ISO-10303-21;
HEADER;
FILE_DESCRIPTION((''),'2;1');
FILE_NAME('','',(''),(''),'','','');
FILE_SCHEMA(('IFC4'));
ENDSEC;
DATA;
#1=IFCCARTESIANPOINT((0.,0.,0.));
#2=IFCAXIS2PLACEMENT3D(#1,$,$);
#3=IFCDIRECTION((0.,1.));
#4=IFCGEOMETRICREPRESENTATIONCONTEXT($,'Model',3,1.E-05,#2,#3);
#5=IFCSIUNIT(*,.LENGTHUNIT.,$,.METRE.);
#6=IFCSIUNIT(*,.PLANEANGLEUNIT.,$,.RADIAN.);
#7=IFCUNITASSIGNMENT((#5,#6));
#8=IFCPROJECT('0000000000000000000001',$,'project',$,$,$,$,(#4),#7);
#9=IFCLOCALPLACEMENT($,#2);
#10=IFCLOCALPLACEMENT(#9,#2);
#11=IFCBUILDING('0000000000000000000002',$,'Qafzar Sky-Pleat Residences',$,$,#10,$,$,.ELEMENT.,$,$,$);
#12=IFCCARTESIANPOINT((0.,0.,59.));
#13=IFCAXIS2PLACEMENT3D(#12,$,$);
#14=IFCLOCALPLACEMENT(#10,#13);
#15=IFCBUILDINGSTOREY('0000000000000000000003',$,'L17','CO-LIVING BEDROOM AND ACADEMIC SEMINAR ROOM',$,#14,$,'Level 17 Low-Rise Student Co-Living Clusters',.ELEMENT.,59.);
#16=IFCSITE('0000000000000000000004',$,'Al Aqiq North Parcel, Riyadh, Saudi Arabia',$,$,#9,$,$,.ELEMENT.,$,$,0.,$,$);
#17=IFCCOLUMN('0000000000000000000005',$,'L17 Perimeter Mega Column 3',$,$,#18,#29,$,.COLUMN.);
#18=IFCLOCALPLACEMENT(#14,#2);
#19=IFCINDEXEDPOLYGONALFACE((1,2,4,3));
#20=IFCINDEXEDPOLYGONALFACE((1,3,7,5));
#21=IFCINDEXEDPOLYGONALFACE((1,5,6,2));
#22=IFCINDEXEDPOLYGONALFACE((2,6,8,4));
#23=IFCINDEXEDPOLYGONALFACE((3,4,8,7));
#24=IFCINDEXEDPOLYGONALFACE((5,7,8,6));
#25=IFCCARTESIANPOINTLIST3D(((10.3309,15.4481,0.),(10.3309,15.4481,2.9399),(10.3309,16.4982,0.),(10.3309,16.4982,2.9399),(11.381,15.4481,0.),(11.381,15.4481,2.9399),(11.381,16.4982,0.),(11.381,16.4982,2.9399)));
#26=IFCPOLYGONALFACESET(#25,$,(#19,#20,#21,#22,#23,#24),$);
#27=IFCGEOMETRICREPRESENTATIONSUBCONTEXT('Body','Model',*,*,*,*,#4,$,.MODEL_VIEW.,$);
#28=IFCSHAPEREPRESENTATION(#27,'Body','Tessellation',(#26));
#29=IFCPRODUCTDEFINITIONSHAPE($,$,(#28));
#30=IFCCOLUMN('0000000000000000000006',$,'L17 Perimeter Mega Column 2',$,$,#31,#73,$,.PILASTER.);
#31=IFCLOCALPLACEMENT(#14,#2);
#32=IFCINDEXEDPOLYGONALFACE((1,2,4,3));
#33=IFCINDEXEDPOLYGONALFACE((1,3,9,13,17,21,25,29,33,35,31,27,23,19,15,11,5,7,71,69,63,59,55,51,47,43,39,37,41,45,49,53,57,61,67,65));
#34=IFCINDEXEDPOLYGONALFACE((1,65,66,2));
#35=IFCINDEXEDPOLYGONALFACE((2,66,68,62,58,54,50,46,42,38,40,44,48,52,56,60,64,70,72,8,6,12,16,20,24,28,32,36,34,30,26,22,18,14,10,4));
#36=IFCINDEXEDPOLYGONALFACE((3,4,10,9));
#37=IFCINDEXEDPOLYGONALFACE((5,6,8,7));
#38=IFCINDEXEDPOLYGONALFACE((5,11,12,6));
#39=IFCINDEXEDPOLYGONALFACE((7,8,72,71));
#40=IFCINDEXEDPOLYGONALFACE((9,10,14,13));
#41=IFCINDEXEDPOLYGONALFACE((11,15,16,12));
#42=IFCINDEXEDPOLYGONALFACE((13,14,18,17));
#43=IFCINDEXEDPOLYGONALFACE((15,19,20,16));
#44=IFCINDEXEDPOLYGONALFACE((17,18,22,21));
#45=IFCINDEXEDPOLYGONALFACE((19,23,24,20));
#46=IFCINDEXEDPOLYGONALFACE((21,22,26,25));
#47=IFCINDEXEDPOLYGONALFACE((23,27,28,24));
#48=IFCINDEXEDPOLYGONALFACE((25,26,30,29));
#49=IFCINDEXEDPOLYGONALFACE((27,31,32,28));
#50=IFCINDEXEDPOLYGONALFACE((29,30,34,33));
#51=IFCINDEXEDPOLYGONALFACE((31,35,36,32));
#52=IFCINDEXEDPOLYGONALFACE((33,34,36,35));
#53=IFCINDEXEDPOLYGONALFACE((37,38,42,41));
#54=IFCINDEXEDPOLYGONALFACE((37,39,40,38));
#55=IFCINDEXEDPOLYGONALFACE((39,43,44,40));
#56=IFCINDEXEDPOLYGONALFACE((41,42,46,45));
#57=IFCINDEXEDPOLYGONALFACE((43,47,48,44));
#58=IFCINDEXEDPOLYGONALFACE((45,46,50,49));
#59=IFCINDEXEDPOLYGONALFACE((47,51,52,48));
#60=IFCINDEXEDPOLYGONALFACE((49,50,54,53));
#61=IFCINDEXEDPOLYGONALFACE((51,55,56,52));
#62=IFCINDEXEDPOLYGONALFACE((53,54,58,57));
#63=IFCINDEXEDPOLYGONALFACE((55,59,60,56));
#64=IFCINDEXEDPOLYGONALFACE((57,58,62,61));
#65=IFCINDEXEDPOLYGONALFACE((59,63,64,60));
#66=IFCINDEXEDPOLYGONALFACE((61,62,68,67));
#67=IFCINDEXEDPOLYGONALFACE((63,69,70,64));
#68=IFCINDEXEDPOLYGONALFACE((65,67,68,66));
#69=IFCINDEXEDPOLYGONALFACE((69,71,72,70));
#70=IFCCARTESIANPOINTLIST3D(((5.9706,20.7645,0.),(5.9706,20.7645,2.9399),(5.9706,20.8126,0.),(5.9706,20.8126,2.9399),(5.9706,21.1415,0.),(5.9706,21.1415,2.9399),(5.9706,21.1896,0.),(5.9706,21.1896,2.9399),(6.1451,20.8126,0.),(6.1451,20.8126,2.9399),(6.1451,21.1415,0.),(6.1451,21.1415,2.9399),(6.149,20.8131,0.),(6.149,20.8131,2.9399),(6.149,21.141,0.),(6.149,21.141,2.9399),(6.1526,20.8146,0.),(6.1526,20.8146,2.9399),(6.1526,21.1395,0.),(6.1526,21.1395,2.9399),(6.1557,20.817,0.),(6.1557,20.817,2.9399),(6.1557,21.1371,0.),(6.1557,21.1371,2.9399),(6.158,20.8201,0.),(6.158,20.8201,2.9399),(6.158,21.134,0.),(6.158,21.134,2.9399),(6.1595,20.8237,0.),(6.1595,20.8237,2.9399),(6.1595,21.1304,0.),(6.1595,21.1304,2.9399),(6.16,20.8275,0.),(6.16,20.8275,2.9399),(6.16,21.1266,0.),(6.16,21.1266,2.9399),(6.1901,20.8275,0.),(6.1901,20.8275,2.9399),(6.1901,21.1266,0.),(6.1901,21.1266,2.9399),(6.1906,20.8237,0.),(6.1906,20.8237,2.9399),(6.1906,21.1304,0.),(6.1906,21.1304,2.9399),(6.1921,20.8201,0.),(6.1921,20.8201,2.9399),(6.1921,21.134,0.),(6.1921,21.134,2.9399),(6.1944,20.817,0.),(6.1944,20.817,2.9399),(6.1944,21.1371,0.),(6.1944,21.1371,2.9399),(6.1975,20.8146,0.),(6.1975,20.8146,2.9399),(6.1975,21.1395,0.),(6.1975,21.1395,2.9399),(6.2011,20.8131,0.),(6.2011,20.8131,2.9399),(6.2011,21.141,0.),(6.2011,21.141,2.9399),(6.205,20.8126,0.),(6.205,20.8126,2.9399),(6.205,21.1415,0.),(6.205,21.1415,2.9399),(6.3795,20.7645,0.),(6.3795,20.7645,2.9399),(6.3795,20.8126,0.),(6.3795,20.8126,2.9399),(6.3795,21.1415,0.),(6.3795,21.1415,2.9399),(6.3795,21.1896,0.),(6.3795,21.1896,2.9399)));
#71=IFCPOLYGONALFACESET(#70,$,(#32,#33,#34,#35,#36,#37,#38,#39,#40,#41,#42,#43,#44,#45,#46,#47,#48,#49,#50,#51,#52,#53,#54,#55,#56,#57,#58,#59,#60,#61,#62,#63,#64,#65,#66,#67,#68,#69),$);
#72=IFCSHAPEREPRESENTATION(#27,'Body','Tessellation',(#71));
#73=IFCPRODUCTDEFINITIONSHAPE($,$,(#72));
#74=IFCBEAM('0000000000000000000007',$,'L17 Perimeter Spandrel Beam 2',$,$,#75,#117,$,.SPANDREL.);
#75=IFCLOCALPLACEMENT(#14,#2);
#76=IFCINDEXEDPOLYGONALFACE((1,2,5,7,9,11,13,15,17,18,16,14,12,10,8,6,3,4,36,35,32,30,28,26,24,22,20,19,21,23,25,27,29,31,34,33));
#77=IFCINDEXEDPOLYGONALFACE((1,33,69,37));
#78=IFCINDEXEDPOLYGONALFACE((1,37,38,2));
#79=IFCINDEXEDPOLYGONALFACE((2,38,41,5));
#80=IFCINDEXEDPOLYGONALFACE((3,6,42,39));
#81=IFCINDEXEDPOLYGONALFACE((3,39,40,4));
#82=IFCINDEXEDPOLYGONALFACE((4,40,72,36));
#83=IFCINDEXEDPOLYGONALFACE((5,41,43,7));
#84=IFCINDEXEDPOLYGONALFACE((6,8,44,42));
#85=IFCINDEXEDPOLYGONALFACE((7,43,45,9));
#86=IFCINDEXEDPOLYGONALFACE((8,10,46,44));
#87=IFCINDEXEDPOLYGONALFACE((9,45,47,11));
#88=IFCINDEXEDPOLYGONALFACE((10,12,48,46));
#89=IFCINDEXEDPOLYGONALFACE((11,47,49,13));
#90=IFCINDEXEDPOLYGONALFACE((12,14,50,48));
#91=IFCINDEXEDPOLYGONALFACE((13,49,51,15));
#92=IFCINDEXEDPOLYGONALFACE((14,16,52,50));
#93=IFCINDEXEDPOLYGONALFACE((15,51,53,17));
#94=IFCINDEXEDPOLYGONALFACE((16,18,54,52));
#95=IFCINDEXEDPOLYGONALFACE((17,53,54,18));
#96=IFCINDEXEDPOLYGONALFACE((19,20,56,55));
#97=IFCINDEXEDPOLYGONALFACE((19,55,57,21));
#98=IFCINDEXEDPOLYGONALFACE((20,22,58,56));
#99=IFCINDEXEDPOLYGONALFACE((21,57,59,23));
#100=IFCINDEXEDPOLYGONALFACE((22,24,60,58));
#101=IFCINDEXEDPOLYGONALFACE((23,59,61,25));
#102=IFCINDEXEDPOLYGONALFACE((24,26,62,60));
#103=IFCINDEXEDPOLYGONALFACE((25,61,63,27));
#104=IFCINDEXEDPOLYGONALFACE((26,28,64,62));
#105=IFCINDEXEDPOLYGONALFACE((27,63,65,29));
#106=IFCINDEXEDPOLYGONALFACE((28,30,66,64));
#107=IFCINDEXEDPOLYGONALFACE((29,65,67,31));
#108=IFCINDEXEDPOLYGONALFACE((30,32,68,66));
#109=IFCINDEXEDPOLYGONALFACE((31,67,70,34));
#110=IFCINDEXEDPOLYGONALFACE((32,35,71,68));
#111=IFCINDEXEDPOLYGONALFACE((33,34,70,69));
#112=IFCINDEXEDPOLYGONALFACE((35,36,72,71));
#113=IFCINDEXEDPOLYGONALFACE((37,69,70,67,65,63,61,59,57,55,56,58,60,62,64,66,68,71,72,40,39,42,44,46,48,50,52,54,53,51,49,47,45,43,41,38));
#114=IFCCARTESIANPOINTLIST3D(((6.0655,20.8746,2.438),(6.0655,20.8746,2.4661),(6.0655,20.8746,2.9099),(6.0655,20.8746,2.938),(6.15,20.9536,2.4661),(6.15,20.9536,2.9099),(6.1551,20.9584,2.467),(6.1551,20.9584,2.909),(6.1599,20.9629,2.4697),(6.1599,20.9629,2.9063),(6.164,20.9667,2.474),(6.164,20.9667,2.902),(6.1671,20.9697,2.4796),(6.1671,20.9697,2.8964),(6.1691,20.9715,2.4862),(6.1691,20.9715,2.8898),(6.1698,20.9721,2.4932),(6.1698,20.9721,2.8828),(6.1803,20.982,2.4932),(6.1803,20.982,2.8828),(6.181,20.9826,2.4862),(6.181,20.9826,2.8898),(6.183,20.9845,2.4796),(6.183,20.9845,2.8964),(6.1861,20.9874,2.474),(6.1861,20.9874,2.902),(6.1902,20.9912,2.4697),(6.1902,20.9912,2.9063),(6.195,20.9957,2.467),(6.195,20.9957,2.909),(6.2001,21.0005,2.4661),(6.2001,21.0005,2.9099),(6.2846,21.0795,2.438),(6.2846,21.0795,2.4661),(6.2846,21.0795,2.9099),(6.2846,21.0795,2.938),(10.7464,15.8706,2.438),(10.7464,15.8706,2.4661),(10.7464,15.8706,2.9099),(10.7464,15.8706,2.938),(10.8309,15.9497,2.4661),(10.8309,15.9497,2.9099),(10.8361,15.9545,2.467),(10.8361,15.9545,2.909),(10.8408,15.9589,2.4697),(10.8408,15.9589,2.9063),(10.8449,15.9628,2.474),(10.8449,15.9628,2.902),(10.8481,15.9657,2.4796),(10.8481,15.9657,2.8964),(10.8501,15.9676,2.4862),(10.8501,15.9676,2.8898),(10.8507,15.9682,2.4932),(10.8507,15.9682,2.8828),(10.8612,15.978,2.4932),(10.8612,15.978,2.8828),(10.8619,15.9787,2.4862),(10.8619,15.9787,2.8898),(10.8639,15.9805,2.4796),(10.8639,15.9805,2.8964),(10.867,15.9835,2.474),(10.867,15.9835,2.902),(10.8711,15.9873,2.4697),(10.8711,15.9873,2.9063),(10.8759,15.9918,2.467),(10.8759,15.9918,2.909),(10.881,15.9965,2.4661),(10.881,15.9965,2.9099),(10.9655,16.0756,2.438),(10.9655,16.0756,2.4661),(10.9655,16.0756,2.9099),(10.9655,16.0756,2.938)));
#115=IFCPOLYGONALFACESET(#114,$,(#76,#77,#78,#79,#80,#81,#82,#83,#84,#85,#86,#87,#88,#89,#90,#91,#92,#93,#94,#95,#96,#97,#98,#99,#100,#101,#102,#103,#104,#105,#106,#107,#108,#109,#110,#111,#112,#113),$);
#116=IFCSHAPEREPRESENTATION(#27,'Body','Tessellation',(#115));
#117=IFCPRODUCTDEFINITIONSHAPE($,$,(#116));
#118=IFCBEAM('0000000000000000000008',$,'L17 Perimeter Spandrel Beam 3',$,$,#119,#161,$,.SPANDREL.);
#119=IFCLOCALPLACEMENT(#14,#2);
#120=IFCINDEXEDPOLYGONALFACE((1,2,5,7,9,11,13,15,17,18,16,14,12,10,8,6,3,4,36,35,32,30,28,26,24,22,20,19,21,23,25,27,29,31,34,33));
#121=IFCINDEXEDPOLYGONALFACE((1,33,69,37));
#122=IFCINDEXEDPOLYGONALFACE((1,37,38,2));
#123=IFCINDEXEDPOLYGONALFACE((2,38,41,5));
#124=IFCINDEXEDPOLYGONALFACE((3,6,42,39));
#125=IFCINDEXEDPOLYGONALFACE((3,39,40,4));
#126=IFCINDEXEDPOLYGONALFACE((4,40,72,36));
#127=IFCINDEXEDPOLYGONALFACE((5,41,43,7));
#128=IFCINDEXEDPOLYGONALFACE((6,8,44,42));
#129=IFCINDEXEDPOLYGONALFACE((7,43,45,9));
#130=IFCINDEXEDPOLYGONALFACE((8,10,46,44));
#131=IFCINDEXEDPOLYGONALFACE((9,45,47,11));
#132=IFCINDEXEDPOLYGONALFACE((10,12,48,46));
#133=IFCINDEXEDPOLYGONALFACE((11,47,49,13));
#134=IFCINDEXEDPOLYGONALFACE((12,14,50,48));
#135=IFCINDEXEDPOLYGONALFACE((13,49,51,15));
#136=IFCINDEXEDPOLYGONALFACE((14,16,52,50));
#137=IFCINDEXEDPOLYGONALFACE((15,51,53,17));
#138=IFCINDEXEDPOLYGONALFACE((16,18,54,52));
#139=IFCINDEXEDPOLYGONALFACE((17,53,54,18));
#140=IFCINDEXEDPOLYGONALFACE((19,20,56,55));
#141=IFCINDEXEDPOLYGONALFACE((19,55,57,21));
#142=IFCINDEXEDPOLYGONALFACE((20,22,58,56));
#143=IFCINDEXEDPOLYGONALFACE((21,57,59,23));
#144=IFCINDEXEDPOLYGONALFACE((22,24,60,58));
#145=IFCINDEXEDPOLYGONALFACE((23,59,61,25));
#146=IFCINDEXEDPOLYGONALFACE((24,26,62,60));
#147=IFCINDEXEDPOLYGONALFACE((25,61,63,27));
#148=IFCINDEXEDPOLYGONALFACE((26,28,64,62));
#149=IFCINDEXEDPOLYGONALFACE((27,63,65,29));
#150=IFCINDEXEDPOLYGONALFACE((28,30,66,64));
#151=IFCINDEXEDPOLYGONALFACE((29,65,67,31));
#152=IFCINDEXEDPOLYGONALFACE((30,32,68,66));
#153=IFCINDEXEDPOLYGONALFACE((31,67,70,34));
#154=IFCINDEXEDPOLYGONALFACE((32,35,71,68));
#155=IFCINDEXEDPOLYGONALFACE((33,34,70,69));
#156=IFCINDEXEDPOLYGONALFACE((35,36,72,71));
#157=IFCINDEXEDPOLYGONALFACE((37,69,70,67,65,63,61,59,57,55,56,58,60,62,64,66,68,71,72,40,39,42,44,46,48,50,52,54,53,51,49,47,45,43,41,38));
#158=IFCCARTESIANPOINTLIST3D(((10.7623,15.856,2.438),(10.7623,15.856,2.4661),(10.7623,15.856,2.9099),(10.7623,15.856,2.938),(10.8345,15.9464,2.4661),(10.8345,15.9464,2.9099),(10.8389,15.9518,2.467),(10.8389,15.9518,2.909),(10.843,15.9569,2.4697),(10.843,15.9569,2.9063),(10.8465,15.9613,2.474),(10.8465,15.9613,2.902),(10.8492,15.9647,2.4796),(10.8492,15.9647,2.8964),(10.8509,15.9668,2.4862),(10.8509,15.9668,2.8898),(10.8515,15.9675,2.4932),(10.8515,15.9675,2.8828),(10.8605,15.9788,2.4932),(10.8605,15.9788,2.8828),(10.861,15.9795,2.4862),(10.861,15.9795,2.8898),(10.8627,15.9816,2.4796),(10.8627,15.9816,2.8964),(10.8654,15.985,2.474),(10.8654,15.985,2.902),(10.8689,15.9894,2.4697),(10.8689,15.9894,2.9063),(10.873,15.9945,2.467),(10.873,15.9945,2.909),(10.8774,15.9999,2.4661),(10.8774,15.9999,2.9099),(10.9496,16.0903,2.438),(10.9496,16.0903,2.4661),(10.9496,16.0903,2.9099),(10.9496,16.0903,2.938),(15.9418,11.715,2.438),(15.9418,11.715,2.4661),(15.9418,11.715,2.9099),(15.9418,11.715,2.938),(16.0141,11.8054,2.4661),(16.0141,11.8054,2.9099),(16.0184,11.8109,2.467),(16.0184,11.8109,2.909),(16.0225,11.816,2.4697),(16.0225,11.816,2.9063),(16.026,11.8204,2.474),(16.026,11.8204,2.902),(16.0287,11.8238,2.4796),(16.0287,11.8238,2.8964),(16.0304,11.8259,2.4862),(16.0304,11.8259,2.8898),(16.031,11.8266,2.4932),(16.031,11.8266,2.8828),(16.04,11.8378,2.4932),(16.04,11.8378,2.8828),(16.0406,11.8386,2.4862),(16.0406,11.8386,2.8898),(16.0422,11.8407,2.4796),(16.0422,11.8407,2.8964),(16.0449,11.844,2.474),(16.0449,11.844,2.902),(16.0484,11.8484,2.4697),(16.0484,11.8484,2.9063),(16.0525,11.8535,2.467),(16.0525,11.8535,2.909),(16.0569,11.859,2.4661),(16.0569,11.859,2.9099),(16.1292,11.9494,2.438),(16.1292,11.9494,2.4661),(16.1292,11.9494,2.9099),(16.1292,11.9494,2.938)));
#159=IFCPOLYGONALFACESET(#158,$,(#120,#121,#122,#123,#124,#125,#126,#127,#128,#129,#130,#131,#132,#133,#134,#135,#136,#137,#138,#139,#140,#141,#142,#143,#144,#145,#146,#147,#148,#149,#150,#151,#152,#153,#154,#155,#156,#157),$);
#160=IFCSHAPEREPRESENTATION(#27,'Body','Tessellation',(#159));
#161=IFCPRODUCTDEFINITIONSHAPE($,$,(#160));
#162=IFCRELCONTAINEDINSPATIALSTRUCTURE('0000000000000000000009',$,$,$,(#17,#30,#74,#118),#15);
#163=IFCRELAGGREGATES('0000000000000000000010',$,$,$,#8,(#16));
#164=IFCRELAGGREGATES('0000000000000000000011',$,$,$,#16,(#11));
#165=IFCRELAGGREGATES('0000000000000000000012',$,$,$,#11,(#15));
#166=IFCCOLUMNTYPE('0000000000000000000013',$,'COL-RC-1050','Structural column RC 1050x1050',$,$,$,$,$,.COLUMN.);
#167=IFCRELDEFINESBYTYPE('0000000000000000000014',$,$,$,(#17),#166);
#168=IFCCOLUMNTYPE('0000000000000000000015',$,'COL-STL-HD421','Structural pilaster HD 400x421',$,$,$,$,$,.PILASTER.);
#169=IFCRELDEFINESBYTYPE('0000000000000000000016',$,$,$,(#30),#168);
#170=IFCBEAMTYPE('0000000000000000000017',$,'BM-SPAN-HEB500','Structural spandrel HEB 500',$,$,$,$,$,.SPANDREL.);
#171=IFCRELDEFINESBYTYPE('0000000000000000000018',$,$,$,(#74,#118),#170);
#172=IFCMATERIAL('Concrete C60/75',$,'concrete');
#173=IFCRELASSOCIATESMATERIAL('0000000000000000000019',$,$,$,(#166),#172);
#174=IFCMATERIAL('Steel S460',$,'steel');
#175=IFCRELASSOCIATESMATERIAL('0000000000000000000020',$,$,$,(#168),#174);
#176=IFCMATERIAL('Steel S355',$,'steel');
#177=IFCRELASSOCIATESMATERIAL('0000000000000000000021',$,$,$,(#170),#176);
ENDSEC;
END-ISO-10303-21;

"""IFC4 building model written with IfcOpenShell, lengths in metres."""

from ifc_helpers import new_model, si_unit, direction, frame, origin, origin_2d, place, context, subcontext, project, spatial, rectangle, i_section, extrude, source, transform, mapped, material, material_profile, profile_set, type_object, element, save


model = new_model("IFC4")

# Units and contexts
model_context = context("Model", 3, precision=1e-05, world=origin(), true_north=direction((0.0, 1.0)))
body_context = subcontext(model_context, "Body", "Model", "MODEL_VIEW")
ifc_project = project(units=[si_unit("LENGTHUNIT", "METRE"), si_unit("PLANEANGLEUNIT", "RADIAN")], contexts=[model_context])

# Site, building, storey
site_placement = place(None, origin())
site = spatial("IfcSite", under=ifc_project, at=site_placement, Name="Al Aqiq North Parcel, Riyadh, Saudi Arabia", CompositionType="ELEMENT", RefElevation=0.0)
building_placement = place(site_placement, origin())
building = spatial("IfcBuilding", under=site, at=building_placement, Name="Qafzar Sky-Pleat Residences", CompositionType="ELEMENT")
storey_placement = place(building_placement, frame((0.0, 0.0, 59.0)))
storey = spatial("IfcBuildingStorey", under=building, at=storey_placement, Name="L17", Description="CO-LIVING BEDROOM AND ACADEMIC SEMINAR ROOM", LongName="Level 17 Low-Rise Student Co-Living Clusters", CompositionType="ELEMENT", Elevation=59.0)

# Columns
ifc_material_1 = material(Name="Concrete C60/75", Category="concrete")
ifc_material_profile_1 = material_profile(ifc_material_1, rectangle(XDim=1.05, YDim=1.05, at=origin_2d()), Name="RC 1050x1050")
ifc_profile_set_1 = profile_set([ifc_material_profile_1], Name="Concrete C60/75")
column_type_1 = type_object("IfcColumnType", Name="COL-RC-1050", Description="Structural column RC 1050x1050", PredefinedType="COLUMN", material=ifc_profile_set_1)
shared_shape_1 = source(origin(), body_context, "Body", "SweptSolid", [
    extrude(rectangle(XDim=1.05, YDim=1.05, at=origin_2d()), origin(), (0.0, 0.0, 1.0), 2.9399),
])
column_1_placement = place(storey_placement, frame((10.856, 15.9731, 0.0), z_axis=(0.0, 0.0, 1.0), x_axis=(1.0, 0.0, 0.0)))
element("IfcColumn", 1, at=column_1_placement, inside=storey, type_object=column_type_1, Name="L17 Perimeter Mega Column 3", PredefinedType="COLUMN", context=body_context, shape_type="MappedRepresentation", body=[
    mapped(shared_shape_1, transform((0.0, 0.0, 0.0), x_axis=(1.0, 0.0, 0.0), y_axis=(0.0, 1.0, 0.0), z_axis=(0.0, 0.0, 1.0), scale=1.0)),
])
ifc_material_2 = material(Name="Steel S460", Category="steel")
ifc_material_profile_2 = material_profile(ifc_material_2, i_section(OverallWidth=0.4089, OverallDepth=0.425, WebThickness=0.03, FlangeThickness=0.0481, FilletRadius=0.0149, at=origin_2d()), Name="HD 400x421")
ifc_profile_set_2 = profile_set([ifc_material_profile_2], Name="Steel S460")
column_type_2 = type_object("IfcColumnType", Name="COL-STL-HD421", Description="Structural pilaster HD 400x421", PredefinedType="PILASTER", material=ifc_profile_set_2)
shared_shape_2 = source(origin(), body_context, "Body", "SweptSolid", [
    extrude(i_section(OverallWidth=0.4089, OverallDepth=0.425, WebThickness=0.03, FlangeThickness=0.0481, FilletRadius=0.0149, at=origin_2d()), origin(), (0.0, 0.0, 1.0), 2.9399),
])
column_2_placement = place(storey_placement, frame((6.175, 20.9771, 0.0), z_axis=(0.0, 0.0, 1.0), x_axis=(1.0, 0.0, 0.0)))
element("IfcColumn", 2, at=column_2_placement, inside=storey, type_object=column_type_2, Name="L17 Perimeter Mega Column 2", PredefinedType="PILASTER", context=body_context, shape_type="MappedRepresentation", body=[
    mapped(shared_shape_2, transform((0.0, 0.0, 0.0), x_axis=(1.0, 0.0, 0.0), y_axis=(0.0, 1.0, 0.0), z_axis=(0.0, 0.0, 1.0), scale=1.0)),
])

# Beams
ifc_material_3 = material(Name="Steel S355", Category="steel")
ifc_material_profile_3 = material_profile(ifc_material_3, i_section(OverallWidth=0.3, OverallDepth=0.5, WebThickness=0.0144, FlangeThickness=0.0281, FilletRadius=0.0271, at=origin_2d()), Name="HEB 500")
ifc_profile_set_3 = profile_set([ifc_material_profile_3], Name="Steel S355")
beam_type_1 = type_object("IfcBeamType", Name="BM-SPAN-HEB500", Description="Structural spandrel HEB 500", PredefinedType="SPANDREL", material=ifc_profile_set_3)
shared_shape_3 = source(origin(), body_context, "Body", "SweptSolid", [
    extrude(i_section(OverallWidth=0.3, OverallDepth=0.5, WebThickness=0.0144, FlangeThickness=0.0281, FilletRadius=0.0271, at=origin_2d()), origin(), (0.0, 0.0, 1.0), 6.8521),
])
beam_1_placement = place(storey_placement, frame((6.175, 20.9771, 2.688), z_axis=(0.683144, -0.730283, 0.0), x_axis=(0.730283, 0.683144, 0.0)))
element("IfcBeam", 3, at=beam_1_placement, inside=storey, type_object=beam_type_1, Name="L17 Perimeter Spandrel Beam 2", PredefinedType="SPANDREL", context=body_context, shape_type="MappedRepresentation", body=[
    mapped(shared_shape_3, transform((0.0, 0.0, 0.0), x_axis=(1.0, 0.0, 0.0), y_axis=(0.0, 1.0, 0.0), z_axis=(0.0, 0.0, 1.0), scale=1.0)),
])
shared_shape_4 = source(origin(), body_context, "Body", "SweptSolid", [
    extrude(i_section(OverallWidth=0.3, OverallDepth=0.5, WebThickness=0.0144, FlangeThickness=0.0281, FilletRadius=0.0271, at=origin_2d()), origin(), (0.0, 0.0, 1.0), 6.6313),
])
beam_2_placement = place(storey_placement, frame((10.856, 15.9731, 2.688), z_axis=(0.781066, -0.624448, 0.0), x_axis=(0.624448, 0.781066, 0.0)))
element("IfcBeam", 4, at=beam_2_placement, inside=storey, type_object=beam_type_1, Name="L17 Perimeter Spandrel Beam 3", PredefinedType="SPANDREL", context=body_context, shape_type="MappedRepresentation", body=[
    mapped(shared_shape_4, transform((0.0, 0.0, 0.0), x_axis=(1.0, 0.0, 0.0), y_axis=(0.0, 1.0, 0.0), z_axis=(0.0, 0.0, 1.0), scale=1.0)),
])

save(model, "model.ifc")
